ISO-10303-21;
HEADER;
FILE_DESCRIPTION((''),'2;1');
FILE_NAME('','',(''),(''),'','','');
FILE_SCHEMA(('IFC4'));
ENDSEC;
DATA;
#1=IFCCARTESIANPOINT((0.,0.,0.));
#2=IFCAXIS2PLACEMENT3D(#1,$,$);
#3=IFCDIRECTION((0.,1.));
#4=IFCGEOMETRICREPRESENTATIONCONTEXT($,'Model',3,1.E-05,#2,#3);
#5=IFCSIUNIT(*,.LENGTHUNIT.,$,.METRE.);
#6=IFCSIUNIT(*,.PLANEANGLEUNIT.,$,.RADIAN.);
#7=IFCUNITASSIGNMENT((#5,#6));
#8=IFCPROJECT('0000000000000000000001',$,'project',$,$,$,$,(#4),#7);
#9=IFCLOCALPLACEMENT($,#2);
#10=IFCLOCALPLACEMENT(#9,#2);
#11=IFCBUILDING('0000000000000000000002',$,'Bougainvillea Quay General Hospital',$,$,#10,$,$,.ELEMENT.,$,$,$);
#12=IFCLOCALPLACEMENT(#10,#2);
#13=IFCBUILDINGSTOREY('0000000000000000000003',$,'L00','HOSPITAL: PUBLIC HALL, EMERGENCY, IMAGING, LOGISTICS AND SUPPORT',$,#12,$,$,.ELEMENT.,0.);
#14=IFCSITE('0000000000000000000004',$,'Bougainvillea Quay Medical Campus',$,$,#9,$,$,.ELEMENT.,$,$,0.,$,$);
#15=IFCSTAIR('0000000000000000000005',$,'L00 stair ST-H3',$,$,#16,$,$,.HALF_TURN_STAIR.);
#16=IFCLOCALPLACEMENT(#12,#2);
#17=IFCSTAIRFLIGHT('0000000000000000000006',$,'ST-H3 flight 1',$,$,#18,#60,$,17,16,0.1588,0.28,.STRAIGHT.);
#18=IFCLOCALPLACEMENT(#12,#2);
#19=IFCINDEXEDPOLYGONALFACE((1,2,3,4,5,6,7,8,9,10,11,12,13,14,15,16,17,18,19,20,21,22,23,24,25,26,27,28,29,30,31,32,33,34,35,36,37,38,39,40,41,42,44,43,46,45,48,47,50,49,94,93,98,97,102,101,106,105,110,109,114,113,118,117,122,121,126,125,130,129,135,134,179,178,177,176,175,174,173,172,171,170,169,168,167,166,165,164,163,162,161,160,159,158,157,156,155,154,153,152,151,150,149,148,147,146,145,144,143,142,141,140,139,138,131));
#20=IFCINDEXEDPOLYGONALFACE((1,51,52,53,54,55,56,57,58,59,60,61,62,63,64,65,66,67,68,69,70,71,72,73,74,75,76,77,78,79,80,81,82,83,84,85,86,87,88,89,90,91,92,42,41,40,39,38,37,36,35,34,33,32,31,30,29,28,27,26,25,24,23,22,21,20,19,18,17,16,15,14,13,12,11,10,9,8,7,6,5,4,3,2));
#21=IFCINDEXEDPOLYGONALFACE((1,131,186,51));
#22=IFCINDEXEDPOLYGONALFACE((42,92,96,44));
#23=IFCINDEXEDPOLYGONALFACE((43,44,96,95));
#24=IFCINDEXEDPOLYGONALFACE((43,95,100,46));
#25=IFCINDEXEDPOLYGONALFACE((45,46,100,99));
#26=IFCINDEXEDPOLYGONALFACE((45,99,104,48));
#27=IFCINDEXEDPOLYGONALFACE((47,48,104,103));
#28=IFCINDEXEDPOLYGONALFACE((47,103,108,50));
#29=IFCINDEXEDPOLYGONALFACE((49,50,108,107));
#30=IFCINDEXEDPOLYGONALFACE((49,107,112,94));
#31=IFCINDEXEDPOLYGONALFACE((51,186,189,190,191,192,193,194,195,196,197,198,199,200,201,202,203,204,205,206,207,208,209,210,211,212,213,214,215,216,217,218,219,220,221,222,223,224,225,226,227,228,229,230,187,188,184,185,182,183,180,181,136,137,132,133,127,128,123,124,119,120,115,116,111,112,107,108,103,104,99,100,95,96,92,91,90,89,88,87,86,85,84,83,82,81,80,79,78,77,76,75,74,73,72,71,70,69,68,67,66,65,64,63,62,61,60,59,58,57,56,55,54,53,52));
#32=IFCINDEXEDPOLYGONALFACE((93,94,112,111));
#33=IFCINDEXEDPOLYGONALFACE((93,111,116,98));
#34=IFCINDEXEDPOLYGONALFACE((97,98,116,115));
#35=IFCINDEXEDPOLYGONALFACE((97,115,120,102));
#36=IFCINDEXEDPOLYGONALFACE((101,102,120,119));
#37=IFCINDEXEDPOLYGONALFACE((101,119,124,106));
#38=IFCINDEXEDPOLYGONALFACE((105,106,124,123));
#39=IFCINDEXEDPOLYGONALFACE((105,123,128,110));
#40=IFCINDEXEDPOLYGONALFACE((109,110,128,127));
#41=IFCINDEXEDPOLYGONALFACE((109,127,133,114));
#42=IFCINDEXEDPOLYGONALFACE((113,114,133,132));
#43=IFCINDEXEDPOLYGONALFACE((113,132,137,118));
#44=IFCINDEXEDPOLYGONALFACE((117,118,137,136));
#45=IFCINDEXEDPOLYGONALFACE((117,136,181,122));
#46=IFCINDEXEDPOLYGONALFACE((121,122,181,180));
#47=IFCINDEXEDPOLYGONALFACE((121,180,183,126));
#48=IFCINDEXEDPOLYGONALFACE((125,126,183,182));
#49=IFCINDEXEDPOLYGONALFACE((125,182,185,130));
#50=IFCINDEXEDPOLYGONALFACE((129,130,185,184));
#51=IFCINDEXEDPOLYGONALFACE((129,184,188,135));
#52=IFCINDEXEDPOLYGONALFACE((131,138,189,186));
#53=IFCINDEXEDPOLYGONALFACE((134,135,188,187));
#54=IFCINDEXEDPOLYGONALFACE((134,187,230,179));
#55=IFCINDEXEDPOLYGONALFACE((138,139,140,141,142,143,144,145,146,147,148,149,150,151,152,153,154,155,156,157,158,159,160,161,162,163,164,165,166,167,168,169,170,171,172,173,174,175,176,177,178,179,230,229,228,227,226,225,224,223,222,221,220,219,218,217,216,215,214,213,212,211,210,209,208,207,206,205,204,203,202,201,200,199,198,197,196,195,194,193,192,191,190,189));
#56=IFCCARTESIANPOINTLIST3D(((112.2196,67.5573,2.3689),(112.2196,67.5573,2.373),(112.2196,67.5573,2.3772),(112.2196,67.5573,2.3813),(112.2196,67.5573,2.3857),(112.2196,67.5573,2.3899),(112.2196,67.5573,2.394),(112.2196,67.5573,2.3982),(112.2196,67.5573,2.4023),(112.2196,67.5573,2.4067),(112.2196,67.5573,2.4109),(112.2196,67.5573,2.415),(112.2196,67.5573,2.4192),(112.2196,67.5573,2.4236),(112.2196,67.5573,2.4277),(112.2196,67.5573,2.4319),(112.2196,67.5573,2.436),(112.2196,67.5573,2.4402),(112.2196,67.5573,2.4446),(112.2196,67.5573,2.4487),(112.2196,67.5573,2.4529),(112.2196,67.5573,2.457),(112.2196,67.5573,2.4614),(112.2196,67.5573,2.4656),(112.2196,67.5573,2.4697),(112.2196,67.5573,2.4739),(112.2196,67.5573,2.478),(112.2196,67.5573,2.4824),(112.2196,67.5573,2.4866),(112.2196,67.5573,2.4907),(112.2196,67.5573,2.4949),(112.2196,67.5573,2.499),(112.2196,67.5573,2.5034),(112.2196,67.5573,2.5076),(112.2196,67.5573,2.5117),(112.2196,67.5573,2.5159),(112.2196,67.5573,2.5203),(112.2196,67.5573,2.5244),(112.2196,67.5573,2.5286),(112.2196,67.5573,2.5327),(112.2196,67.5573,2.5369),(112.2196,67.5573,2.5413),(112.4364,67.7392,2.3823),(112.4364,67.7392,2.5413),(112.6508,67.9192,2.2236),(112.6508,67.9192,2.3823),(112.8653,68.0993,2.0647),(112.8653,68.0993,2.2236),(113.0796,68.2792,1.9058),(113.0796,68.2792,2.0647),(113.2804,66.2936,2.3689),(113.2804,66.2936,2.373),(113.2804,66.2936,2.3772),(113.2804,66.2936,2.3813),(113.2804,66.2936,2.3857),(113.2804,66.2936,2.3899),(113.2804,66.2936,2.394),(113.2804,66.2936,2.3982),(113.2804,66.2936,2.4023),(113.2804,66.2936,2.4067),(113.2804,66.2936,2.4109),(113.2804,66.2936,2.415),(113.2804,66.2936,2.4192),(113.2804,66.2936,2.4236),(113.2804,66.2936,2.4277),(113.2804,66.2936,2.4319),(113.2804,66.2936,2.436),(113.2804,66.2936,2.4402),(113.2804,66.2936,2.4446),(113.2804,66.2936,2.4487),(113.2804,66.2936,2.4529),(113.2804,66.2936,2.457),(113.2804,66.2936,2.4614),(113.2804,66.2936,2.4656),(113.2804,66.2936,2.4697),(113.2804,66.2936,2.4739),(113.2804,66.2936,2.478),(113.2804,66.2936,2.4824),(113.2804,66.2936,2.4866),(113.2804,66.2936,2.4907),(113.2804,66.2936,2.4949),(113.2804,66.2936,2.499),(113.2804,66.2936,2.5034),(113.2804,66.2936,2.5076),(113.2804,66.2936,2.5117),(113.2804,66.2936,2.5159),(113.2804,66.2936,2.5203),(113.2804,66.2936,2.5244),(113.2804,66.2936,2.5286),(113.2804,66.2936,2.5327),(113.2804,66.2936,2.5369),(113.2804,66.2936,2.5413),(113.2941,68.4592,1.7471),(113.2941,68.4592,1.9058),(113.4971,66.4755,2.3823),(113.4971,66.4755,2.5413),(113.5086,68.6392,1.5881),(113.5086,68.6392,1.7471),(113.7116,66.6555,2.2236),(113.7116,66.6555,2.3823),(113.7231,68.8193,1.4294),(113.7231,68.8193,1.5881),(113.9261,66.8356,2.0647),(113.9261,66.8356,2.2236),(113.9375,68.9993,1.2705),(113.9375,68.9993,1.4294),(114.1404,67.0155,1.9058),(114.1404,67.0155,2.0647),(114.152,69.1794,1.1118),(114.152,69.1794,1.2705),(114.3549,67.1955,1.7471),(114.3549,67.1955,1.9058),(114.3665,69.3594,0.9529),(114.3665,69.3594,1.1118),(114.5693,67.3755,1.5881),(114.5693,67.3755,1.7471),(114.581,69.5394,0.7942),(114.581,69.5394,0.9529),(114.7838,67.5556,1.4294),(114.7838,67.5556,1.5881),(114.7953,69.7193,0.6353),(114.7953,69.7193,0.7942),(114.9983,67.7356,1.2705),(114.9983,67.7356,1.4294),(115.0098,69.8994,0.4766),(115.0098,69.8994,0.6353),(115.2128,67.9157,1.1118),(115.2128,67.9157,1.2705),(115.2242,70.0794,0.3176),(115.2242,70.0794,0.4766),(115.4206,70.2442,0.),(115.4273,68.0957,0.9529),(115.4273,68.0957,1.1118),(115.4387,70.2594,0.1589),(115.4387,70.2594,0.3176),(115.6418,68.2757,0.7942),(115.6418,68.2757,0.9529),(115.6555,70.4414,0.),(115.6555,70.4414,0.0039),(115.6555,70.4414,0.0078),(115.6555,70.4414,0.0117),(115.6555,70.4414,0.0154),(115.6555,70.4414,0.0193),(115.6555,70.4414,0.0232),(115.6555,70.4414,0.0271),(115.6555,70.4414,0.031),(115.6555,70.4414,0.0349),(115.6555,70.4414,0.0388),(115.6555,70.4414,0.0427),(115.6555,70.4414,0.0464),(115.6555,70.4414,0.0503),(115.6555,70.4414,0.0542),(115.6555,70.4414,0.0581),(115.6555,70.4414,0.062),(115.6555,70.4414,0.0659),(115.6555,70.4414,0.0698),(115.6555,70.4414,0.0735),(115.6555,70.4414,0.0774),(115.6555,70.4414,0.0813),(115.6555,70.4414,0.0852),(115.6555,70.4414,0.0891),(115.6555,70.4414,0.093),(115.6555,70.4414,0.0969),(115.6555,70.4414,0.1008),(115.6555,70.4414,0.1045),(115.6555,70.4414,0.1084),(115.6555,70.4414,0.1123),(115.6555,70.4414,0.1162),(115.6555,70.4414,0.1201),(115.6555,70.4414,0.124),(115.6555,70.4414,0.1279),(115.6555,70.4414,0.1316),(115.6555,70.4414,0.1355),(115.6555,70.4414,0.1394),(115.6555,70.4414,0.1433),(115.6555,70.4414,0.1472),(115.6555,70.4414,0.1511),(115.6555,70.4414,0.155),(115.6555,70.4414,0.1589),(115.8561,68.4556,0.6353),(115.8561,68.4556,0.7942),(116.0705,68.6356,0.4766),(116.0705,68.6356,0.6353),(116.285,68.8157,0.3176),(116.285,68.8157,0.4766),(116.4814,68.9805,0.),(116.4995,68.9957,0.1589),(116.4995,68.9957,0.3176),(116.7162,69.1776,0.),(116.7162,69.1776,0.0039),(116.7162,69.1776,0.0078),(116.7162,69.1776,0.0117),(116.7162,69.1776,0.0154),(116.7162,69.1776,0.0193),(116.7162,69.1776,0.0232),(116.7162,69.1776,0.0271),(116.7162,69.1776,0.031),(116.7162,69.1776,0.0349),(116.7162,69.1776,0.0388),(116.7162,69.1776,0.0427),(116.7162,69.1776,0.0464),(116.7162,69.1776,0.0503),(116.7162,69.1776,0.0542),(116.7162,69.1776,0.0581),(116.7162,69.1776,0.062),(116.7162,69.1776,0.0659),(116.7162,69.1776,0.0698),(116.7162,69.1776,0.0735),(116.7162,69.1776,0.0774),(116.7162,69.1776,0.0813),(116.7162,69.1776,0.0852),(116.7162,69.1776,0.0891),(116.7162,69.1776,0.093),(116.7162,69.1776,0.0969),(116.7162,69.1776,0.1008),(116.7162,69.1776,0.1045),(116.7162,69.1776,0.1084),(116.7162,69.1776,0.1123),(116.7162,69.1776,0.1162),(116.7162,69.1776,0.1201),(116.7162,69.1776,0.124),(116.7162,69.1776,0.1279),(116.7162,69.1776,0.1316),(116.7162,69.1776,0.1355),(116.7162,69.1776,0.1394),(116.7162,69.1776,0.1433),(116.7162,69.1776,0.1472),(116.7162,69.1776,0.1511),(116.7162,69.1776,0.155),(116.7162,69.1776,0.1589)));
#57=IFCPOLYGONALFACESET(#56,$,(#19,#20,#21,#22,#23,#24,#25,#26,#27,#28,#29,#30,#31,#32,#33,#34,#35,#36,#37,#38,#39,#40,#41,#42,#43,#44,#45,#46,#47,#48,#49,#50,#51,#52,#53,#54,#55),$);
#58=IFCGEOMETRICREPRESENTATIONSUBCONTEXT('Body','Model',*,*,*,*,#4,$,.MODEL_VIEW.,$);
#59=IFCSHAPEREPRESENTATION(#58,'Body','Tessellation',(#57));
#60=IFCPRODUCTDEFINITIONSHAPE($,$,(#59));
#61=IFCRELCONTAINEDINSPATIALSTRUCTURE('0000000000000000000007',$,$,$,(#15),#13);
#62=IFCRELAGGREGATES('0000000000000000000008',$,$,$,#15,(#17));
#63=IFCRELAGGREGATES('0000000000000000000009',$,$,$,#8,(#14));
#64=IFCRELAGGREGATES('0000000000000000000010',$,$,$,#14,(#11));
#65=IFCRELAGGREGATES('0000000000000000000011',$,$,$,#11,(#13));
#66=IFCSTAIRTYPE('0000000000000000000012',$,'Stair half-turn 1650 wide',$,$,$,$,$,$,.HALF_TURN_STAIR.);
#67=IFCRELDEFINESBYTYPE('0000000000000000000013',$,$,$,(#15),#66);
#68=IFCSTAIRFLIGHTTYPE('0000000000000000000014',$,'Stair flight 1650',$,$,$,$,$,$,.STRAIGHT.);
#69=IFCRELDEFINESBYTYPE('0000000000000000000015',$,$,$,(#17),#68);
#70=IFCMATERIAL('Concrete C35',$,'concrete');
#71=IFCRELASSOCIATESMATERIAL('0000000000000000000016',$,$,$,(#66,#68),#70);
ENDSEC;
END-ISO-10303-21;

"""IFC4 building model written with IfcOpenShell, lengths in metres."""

from ifc_helpers import new_model, si_unit, direction, frame, origin, place, context, subcontext, project, spatial, polyline, outline, extrude, material, type_object, element, aggregate, save


model = new_model("IFC4")

# Units and contexts
model_context = context("Model", 3, precision=1e-05, world=origin(), true_north=direction((0.0, 1.0)))
body_context = subcontext(model_context, "Body", "Model", "MODEL_VIEW")
ifc_project = project(units=[si_unit("LENGTHUNIT", "METRE"), si_unit("PLANEANGLEUNIT", "RADIAN")], contexts=[model_context])

# Site, building, storey
site_placement = place(None, origin())
site = spatial("IfcSite", under=ifc_project, at=site_placement, Name="Bougainvillea Quay Medical Campus", CompositionType="ELEMENT", RefElevation=0.0)
building_placement = place(site_placement, origin())
building = spatial("IfcBuilding", under=site, at=building_placement, Name="Bougainvillea Quay General Hospital", CompositionType="ELEMENT")
storey_placement = place(building_placement, origin())
storey = spatial("IfcBuildingStorey", under=building, at=storey_placement, Name="L00", Description="HOSPITAL: PUBLIC HALL, EMERGENCY, IMAGING, LOGISTICS AND SUPPORT", CompositionType="ELEMENT", Elevation=0.0)

# Stair, stair flight
ifc_material_1 = material(Name="Concrete C35", Category="concrete")
stair_type = type_object("IfcStairType", Name="Stair half-turn 1650 wide", PredefinedType="HALF_TURN_STAIR", material=ifc_material_1)
stair_placement = place(storey_placement, origin())
stair = element("IfcStair", 1, at=stair_placement, inside=storey, type_object=stair_type, Name="L00 stair ST-H3", PredefinedType="HALF_TURN_STAIR")
stair_flight_type = type_object("IfcStairFlightType", Name="Stair flight 1650", PredefinedType="STRAIGHT", material=ifc_material_1)
stair_flight_1_placement = place(storey_placement, frame((116.1836, 69.8076, 0.0), z_axis=(0.0, 0.0, 1.0), x_axis=(-0.765926, -0.642929, 0.0)))
stair_flight_1 = element("IfcStairFlight", 2, at=stair_flight_1_placement, type_object=stair_flight_type, Name="ST-H3 flight 1", NumberOfRisers=17, NumberOfTreads=16, PredefinedType="STRAIGHT", RiserHeight=0.1588, TreadLength=0.28, context=body_context, shape_type="SweptSolid", body=[
    extrude(outline(polyline([(-0.0029, 0.0), (-0.0029, 0.0039), (-0.0029, 0.0078), (-0.0029, 0.0117), (-0.0029, 0.0154), (-0.0029, 0.0193), (-0.0029, 0.0232), (-0.0029, 0.0271), (-0.0029, 0.031), (-0.0029, 0.0349), (-0.0029, 0.0388), (-0.0029, 0.0427), (-0.0029, 0.0464), (-0.0029, 0.0503), (-0.0029, 0.0542), (-0.0029, 0.0581), (-0.0029, 0.062), (-0.0029, 0.0659), (-0.0029, 0.0698), (-0.0029, 0.0735), (-0.0029, 0.0774), (-0.0029, 0.0813), (-0.0029, 0.0852), (-0.0029, 0.0891), (-0.0029, 0.093), (-0.0029, 0.0969), (-0.0029, 0.1008), (-0.0029, 0.1045), (-0.0029, 0.1084), (-0.0029, 0.1123), (-0.0029, 0.1162), (-0.0029, 0.1201), (-0.0029, 0.124), (-0.0029, 0.1279), (-0.0029, 0.1316), (-0.0029, 0.1355), (-0.0029, 0.1394), (-0.0029, 0.1433), (-0.0029, 0.1472), (-0.0029, 0.1511), (-0.0029, 0.155), (-0.0029, 0.1589), (0.28, 0.1589), (0.28, 0.3176), (0.5601, 0.3176), (0.5601, 0.4766), (0.8401, 0.4766), (0.8401, 0.6353), (1.1201, 0.6353), (1.1201, 0.7942), (1.3999, 0.7942), (1.3999, 0.9529), (1.6799, 0.9529), (1.6799, 1.1118), (1.96, 1.1118), (1.96, 1.2705), (2.24, 1.2705), (2.24, 1.4294), (2.52, 1.4294), (2.52, 1.5881), (2.8, 1.5881), (2.8, 1.7471), (3.0801, 1.7471), (3.0801, 1.9058), (3.3601, 1.9058), (3.3601, 2.0647), (3.6399, 2.0647), (3.6399, 2.2236), (3.9199, 2.2236), (3.9199, 2.3823), (4.2, 2.3823), (4.2, 2.5413), (4.4829, 2.5413), (4.4829, 2.5369), (4.4829, 2.5327), (4.4829, 2.5286), (4.4829, 2.5244), (4.4829, 2.5203), (4.4829, 2.5159), (4.4829, 2.5117), (4.4829, 2.5076), (4.4829, 2.5034), (4.4829, 2.499), (4.4829, 2.4949), (4.4829, 2.4907), (4.4829, 2.4866), (4.4829, 2.4824), (4.4829, 2.478), (4.4829, 2.4739), (4.4829, 2.4697), (4.4829, 2.4656), (4.4829, 2.4614), (4.4829, 2.457), (4.4829, 2.4529), (4.4829, 2.4487), (4.4829, 2.4446), (4.4829, 2.4402), (4.4829, 2.436), (4.4829, 2.4319), (4.4829, 2.4277), (4.4829, 2.4236), (4.4829, 2.4192), (4.4829, 2.415), (4.4829, 2.4109), (4.4829, 2.4067), (4.4829, 2.4023), (4.4829, 2.3982), (4.4829, 2.394), (4.4829, 2.3899), (4.4829, 2.3857), (4.4829, 2.3813), (4.4829, 2.3772), (4.4829, 2.373), (4.4829, 2.3689), (0.3037, 0.0), (-0.0029, 0.0)])), frame((0.0, 0.825, 0.0), z_axis=(0.0, -1.0, 0.0), x_axis=(1.0, 0.0, 0.0)), (0.0, 0.0, 1.0), 1.6499),
])
aggregate(stair, [stair_flight_1])

save(model, "model.ifc")
